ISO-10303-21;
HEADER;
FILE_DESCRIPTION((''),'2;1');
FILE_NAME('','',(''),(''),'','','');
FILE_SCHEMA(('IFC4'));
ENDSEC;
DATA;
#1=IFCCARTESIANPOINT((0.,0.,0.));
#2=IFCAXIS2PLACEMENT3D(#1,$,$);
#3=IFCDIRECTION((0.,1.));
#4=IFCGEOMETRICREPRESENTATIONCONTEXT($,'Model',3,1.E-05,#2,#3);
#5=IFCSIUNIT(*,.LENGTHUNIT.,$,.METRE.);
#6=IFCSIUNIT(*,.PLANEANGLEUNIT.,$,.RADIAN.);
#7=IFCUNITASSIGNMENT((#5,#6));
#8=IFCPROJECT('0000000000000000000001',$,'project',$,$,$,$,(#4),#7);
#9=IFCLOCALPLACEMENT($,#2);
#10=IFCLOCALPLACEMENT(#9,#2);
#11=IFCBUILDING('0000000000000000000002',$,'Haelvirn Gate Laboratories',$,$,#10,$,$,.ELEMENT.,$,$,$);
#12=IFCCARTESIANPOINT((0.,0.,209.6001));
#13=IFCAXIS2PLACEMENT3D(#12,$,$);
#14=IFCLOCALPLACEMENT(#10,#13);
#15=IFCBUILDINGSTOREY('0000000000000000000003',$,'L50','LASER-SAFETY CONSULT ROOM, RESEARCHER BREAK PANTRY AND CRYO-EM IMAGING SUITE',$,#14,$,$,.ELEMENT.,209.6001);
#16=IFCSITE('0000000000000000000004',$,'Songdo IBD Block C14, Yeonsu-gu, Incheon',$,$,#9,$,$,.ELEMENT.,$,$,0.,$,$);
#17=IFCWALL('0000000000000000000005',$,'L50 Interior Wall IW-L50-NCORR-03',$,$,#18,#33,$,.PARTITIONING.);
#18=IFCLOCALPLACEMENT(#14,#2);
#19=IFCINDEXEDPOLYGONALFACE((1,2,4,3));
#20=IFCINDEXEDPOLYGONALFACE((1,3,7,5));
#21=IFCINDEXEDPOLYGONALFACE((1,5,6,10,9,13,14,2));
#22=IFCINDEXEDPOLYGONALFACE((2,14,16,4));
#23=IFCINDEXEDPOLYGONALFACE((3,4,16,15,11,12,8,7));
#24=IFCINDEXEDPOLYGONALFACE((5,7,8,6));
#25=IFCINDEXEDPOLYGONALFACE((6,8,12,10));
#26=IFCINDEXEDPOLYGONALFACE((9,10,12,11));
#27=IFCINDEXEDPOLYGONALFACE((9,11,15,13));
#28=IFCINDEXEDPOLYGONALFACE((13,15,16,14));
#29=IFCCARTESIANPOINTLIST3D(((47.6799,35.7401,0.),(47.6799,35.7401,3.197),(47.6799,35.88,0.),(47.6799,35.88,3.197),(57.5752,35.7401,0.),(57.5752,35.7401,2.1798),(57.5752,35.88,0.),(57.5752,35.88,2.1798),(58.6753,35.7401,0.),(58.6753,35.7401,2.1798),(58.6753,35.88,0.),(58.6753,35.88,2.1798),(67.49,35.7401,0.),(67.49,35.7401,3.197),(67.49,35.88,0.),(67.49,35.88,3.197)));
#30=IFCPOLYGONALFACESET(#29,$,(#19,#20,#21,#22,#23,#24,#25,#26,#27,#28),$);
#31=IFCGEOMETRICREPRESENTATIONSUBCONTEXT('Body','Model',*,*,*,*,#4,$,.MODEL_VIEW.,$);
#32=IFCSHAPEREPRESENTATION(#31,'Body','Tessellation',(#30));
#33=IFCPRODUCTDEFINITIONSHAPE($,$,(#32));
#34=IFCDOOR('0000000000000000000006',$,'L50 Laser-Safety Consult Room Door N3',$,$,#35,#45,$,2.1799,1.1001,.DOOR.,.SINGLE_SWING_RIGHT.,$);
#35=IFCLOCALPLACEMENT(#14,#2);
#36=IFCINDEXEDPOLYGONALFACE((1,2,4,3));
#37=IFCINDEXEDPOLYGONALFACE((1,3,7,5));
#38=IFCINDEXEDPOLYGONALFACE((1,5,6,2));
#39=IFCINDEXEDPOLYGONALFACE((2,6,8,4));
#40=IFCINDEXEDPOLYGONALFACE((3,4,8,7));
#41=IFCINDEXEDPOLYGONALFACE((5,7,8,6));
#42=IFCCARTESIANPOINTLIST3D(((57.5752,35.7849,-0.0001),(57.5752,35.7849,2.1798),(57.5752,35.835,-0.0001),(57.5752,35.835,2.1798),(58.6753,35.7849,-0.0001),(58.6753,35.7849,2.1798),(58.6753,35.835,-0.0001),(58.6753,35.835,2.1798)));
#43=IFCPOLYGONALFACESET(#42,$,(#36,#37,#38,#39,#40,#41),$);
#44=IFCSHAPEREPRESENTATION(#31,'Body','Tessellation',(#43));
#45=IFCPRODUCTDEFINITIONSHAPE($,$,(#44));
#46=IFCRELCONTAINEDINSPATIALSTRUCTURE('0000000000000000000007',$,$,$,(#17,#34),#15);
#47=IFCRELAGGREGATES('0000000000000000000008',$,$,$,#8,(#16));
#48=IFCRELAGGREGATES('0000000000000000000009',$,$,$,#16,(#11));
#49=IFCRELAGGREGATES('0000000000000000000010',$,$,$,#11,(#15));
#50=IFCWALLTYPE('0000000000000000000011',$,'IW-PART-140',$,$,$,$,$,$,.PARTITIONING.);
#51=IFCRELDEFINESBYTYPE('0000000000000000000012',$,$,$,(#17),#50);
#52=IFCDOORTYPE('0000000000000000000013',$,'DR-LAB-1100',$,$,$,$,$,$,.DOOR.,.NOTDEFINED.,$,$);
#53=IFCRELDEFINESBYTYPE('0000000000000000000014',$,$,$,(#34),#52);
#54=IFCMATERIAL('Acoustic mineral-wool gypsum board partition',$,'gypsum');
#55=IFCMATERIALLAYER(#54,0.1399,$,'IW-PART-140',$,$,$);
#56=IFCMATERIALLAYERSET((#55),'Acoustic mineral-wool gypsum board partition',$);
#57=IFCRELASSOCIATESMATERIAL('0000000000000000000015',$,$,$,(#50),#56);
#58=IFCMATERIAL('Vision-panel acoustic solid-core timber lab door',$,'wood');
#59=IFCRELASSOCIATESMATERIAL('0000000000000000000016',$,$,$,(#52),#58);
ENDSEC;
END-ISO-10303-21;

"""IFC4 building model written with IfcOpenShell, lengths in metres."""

from ifc_helpers import new_model, si_unit, direction, frame, frame_2d, origin, place, context, subcontext, project, spatial, rectangle, extrude, source, transform, mapped, material, layer, layer_set, type_object, type_shapes, element, fill, save


model = new_model("IFC4")

# Units and contexts
model_context = context("Model", 3, precision=1e-05, world=origin(), true_north=direction((0.0, 1.0)))
body_context = subcontext(model_context, "Body", "Model", "MODEL_VIEW")
ifc_project = project(units=[si_unit("LENGTHUNIT", "METRE"), si_unit("PLANEANGLEUNIT", "RADIAN")], contexts=[model_context])

# Site, building, storey
site_placement = place(None, origin())
site = spatial("IfcSite", under=ifc_project, at=site_placement, Name="Songdo IBD Block C14, Yeonsu-gu, Incheon", CompositionType="ELEMENT", RefElevation=0.0)
building_placement = place(site_placement, origin())
building = spatial("IfcBuilding", under=site, at=building_placement, Name="Haelvirn Gate Laboratories", CompositionType="ELEMENT")
storey_placement = place(building_placement, frame((0.0, 0.0, 209.6001)))
storey = spatial("IfcBuildingStorey", under=building, at=storey_placement, Name="L50", Description="LASER-SAFETY CONSULT ROOM, RESEARCHER BREAK PANTRY AND CRYO-EM IMAGING SUITE", CompositionType="ELEMENT", Elevation=209.6001)

# Wall, opening, door
ifc_material_1 = material(Name="Acoustic mineral-wool gypsum board partition", Category="gypsum")
ifc_layer_1 = layer(ifc_material_1, 0.1399, Name="IW-PART-140")
ifc_layer_set_1 = layer_set([ifc_layer_1], Name="Acoustic mineral-wool gypsum board partition")
wall_type_1 = type_object("IfcWallType", Name="IW-PART-140", PredefinedType="PARTITIONING", material=ifc_layer_set_1)
wall_1_placement = place(storey_placement, frame((47.6799, 35.8101, 0.0), z_axis=(0.0, 0.0, 1.0), x_axis=(1.0, 0.0, 0.0)))
wall_1 = element("IfcWall", 1, at=wall_1_placement, inside=storey, type_object=wall_type_1, Name="L50 Interior Wall IW-L50-NCORR-03", PredefinedType="PARTITIONING", context=body_context, shape_type="SweptSolid", body=[
    extrude(rectangle(XDim=19.8101, YDim=0.1399, at=frame_2d((9.905, 0.0))), origin(), (0.0, 0.0, 1.0), 3.197),
])
opening_placement = place(wall_1_placement, frame((9.8953, 0.0, 0.0)))
opening = element("IfcOpeningElement", 2, at=opening_placement, cuts=wall_1, PredefinedType="OPENING", context=body_context, shape_type="SweptSolid", body=[
    extrude(rectangle(XDim=1.1001, YDim=2.1799, at=frame_2d((0.55, 1.0898))), frame((0.0, 0.0801, 0.0), z_axis=(0.0, -1.0, 0.0), x_axis=(1.0, 0.0, 0.0)), (0.0, 0.0, 1.0), 0.1599),
])
ifc_material_2 = material(Name="Vision-panel acoustic solid-core timber lab door", Category="wood")
door_type = type_object("IfcDoorType", Name="DR-LAB-1100", OperationType="NOTDEFINED", PredefinedType="DOOR", material=ifc_material_2)
shared_shape_1 = source(origin(), body_context, "Body", "SweptSolid", [
    extrude(rectangle(XDim=1.1001, YDim=2.1799, at=frame_2d((0.55, 1.0898))), frame((0.0, 0.0249, 0.0), z_axis=(0.0, -1.0, 0.0), x_axis=(1.0, 0.0, 0.0)), (0.0, 0.0, 1.0), 0.05),
])
type_shapes(door_type, [shared_shape_1])
door_placement = place(opening_placement, origin())
door = element("IfcDoor", 3, at=door_placement, inside=storey, type_object=door_type, Name="L50 Laser-Safety Consult Room Door N3", OperationType="SINGLE_SWING_RIGHT", OverallHeight=2.1799, OverallWidth=1.1001, PredefinedType="DOOR", context=body_context, shape_type="MappedRepresentation", body=[
    mapped(shared_shape_1, transform((0.0, 0.0, 0.0), scale=1.0)),
])
fill(opening, door)

save(model, "model.ifc")
